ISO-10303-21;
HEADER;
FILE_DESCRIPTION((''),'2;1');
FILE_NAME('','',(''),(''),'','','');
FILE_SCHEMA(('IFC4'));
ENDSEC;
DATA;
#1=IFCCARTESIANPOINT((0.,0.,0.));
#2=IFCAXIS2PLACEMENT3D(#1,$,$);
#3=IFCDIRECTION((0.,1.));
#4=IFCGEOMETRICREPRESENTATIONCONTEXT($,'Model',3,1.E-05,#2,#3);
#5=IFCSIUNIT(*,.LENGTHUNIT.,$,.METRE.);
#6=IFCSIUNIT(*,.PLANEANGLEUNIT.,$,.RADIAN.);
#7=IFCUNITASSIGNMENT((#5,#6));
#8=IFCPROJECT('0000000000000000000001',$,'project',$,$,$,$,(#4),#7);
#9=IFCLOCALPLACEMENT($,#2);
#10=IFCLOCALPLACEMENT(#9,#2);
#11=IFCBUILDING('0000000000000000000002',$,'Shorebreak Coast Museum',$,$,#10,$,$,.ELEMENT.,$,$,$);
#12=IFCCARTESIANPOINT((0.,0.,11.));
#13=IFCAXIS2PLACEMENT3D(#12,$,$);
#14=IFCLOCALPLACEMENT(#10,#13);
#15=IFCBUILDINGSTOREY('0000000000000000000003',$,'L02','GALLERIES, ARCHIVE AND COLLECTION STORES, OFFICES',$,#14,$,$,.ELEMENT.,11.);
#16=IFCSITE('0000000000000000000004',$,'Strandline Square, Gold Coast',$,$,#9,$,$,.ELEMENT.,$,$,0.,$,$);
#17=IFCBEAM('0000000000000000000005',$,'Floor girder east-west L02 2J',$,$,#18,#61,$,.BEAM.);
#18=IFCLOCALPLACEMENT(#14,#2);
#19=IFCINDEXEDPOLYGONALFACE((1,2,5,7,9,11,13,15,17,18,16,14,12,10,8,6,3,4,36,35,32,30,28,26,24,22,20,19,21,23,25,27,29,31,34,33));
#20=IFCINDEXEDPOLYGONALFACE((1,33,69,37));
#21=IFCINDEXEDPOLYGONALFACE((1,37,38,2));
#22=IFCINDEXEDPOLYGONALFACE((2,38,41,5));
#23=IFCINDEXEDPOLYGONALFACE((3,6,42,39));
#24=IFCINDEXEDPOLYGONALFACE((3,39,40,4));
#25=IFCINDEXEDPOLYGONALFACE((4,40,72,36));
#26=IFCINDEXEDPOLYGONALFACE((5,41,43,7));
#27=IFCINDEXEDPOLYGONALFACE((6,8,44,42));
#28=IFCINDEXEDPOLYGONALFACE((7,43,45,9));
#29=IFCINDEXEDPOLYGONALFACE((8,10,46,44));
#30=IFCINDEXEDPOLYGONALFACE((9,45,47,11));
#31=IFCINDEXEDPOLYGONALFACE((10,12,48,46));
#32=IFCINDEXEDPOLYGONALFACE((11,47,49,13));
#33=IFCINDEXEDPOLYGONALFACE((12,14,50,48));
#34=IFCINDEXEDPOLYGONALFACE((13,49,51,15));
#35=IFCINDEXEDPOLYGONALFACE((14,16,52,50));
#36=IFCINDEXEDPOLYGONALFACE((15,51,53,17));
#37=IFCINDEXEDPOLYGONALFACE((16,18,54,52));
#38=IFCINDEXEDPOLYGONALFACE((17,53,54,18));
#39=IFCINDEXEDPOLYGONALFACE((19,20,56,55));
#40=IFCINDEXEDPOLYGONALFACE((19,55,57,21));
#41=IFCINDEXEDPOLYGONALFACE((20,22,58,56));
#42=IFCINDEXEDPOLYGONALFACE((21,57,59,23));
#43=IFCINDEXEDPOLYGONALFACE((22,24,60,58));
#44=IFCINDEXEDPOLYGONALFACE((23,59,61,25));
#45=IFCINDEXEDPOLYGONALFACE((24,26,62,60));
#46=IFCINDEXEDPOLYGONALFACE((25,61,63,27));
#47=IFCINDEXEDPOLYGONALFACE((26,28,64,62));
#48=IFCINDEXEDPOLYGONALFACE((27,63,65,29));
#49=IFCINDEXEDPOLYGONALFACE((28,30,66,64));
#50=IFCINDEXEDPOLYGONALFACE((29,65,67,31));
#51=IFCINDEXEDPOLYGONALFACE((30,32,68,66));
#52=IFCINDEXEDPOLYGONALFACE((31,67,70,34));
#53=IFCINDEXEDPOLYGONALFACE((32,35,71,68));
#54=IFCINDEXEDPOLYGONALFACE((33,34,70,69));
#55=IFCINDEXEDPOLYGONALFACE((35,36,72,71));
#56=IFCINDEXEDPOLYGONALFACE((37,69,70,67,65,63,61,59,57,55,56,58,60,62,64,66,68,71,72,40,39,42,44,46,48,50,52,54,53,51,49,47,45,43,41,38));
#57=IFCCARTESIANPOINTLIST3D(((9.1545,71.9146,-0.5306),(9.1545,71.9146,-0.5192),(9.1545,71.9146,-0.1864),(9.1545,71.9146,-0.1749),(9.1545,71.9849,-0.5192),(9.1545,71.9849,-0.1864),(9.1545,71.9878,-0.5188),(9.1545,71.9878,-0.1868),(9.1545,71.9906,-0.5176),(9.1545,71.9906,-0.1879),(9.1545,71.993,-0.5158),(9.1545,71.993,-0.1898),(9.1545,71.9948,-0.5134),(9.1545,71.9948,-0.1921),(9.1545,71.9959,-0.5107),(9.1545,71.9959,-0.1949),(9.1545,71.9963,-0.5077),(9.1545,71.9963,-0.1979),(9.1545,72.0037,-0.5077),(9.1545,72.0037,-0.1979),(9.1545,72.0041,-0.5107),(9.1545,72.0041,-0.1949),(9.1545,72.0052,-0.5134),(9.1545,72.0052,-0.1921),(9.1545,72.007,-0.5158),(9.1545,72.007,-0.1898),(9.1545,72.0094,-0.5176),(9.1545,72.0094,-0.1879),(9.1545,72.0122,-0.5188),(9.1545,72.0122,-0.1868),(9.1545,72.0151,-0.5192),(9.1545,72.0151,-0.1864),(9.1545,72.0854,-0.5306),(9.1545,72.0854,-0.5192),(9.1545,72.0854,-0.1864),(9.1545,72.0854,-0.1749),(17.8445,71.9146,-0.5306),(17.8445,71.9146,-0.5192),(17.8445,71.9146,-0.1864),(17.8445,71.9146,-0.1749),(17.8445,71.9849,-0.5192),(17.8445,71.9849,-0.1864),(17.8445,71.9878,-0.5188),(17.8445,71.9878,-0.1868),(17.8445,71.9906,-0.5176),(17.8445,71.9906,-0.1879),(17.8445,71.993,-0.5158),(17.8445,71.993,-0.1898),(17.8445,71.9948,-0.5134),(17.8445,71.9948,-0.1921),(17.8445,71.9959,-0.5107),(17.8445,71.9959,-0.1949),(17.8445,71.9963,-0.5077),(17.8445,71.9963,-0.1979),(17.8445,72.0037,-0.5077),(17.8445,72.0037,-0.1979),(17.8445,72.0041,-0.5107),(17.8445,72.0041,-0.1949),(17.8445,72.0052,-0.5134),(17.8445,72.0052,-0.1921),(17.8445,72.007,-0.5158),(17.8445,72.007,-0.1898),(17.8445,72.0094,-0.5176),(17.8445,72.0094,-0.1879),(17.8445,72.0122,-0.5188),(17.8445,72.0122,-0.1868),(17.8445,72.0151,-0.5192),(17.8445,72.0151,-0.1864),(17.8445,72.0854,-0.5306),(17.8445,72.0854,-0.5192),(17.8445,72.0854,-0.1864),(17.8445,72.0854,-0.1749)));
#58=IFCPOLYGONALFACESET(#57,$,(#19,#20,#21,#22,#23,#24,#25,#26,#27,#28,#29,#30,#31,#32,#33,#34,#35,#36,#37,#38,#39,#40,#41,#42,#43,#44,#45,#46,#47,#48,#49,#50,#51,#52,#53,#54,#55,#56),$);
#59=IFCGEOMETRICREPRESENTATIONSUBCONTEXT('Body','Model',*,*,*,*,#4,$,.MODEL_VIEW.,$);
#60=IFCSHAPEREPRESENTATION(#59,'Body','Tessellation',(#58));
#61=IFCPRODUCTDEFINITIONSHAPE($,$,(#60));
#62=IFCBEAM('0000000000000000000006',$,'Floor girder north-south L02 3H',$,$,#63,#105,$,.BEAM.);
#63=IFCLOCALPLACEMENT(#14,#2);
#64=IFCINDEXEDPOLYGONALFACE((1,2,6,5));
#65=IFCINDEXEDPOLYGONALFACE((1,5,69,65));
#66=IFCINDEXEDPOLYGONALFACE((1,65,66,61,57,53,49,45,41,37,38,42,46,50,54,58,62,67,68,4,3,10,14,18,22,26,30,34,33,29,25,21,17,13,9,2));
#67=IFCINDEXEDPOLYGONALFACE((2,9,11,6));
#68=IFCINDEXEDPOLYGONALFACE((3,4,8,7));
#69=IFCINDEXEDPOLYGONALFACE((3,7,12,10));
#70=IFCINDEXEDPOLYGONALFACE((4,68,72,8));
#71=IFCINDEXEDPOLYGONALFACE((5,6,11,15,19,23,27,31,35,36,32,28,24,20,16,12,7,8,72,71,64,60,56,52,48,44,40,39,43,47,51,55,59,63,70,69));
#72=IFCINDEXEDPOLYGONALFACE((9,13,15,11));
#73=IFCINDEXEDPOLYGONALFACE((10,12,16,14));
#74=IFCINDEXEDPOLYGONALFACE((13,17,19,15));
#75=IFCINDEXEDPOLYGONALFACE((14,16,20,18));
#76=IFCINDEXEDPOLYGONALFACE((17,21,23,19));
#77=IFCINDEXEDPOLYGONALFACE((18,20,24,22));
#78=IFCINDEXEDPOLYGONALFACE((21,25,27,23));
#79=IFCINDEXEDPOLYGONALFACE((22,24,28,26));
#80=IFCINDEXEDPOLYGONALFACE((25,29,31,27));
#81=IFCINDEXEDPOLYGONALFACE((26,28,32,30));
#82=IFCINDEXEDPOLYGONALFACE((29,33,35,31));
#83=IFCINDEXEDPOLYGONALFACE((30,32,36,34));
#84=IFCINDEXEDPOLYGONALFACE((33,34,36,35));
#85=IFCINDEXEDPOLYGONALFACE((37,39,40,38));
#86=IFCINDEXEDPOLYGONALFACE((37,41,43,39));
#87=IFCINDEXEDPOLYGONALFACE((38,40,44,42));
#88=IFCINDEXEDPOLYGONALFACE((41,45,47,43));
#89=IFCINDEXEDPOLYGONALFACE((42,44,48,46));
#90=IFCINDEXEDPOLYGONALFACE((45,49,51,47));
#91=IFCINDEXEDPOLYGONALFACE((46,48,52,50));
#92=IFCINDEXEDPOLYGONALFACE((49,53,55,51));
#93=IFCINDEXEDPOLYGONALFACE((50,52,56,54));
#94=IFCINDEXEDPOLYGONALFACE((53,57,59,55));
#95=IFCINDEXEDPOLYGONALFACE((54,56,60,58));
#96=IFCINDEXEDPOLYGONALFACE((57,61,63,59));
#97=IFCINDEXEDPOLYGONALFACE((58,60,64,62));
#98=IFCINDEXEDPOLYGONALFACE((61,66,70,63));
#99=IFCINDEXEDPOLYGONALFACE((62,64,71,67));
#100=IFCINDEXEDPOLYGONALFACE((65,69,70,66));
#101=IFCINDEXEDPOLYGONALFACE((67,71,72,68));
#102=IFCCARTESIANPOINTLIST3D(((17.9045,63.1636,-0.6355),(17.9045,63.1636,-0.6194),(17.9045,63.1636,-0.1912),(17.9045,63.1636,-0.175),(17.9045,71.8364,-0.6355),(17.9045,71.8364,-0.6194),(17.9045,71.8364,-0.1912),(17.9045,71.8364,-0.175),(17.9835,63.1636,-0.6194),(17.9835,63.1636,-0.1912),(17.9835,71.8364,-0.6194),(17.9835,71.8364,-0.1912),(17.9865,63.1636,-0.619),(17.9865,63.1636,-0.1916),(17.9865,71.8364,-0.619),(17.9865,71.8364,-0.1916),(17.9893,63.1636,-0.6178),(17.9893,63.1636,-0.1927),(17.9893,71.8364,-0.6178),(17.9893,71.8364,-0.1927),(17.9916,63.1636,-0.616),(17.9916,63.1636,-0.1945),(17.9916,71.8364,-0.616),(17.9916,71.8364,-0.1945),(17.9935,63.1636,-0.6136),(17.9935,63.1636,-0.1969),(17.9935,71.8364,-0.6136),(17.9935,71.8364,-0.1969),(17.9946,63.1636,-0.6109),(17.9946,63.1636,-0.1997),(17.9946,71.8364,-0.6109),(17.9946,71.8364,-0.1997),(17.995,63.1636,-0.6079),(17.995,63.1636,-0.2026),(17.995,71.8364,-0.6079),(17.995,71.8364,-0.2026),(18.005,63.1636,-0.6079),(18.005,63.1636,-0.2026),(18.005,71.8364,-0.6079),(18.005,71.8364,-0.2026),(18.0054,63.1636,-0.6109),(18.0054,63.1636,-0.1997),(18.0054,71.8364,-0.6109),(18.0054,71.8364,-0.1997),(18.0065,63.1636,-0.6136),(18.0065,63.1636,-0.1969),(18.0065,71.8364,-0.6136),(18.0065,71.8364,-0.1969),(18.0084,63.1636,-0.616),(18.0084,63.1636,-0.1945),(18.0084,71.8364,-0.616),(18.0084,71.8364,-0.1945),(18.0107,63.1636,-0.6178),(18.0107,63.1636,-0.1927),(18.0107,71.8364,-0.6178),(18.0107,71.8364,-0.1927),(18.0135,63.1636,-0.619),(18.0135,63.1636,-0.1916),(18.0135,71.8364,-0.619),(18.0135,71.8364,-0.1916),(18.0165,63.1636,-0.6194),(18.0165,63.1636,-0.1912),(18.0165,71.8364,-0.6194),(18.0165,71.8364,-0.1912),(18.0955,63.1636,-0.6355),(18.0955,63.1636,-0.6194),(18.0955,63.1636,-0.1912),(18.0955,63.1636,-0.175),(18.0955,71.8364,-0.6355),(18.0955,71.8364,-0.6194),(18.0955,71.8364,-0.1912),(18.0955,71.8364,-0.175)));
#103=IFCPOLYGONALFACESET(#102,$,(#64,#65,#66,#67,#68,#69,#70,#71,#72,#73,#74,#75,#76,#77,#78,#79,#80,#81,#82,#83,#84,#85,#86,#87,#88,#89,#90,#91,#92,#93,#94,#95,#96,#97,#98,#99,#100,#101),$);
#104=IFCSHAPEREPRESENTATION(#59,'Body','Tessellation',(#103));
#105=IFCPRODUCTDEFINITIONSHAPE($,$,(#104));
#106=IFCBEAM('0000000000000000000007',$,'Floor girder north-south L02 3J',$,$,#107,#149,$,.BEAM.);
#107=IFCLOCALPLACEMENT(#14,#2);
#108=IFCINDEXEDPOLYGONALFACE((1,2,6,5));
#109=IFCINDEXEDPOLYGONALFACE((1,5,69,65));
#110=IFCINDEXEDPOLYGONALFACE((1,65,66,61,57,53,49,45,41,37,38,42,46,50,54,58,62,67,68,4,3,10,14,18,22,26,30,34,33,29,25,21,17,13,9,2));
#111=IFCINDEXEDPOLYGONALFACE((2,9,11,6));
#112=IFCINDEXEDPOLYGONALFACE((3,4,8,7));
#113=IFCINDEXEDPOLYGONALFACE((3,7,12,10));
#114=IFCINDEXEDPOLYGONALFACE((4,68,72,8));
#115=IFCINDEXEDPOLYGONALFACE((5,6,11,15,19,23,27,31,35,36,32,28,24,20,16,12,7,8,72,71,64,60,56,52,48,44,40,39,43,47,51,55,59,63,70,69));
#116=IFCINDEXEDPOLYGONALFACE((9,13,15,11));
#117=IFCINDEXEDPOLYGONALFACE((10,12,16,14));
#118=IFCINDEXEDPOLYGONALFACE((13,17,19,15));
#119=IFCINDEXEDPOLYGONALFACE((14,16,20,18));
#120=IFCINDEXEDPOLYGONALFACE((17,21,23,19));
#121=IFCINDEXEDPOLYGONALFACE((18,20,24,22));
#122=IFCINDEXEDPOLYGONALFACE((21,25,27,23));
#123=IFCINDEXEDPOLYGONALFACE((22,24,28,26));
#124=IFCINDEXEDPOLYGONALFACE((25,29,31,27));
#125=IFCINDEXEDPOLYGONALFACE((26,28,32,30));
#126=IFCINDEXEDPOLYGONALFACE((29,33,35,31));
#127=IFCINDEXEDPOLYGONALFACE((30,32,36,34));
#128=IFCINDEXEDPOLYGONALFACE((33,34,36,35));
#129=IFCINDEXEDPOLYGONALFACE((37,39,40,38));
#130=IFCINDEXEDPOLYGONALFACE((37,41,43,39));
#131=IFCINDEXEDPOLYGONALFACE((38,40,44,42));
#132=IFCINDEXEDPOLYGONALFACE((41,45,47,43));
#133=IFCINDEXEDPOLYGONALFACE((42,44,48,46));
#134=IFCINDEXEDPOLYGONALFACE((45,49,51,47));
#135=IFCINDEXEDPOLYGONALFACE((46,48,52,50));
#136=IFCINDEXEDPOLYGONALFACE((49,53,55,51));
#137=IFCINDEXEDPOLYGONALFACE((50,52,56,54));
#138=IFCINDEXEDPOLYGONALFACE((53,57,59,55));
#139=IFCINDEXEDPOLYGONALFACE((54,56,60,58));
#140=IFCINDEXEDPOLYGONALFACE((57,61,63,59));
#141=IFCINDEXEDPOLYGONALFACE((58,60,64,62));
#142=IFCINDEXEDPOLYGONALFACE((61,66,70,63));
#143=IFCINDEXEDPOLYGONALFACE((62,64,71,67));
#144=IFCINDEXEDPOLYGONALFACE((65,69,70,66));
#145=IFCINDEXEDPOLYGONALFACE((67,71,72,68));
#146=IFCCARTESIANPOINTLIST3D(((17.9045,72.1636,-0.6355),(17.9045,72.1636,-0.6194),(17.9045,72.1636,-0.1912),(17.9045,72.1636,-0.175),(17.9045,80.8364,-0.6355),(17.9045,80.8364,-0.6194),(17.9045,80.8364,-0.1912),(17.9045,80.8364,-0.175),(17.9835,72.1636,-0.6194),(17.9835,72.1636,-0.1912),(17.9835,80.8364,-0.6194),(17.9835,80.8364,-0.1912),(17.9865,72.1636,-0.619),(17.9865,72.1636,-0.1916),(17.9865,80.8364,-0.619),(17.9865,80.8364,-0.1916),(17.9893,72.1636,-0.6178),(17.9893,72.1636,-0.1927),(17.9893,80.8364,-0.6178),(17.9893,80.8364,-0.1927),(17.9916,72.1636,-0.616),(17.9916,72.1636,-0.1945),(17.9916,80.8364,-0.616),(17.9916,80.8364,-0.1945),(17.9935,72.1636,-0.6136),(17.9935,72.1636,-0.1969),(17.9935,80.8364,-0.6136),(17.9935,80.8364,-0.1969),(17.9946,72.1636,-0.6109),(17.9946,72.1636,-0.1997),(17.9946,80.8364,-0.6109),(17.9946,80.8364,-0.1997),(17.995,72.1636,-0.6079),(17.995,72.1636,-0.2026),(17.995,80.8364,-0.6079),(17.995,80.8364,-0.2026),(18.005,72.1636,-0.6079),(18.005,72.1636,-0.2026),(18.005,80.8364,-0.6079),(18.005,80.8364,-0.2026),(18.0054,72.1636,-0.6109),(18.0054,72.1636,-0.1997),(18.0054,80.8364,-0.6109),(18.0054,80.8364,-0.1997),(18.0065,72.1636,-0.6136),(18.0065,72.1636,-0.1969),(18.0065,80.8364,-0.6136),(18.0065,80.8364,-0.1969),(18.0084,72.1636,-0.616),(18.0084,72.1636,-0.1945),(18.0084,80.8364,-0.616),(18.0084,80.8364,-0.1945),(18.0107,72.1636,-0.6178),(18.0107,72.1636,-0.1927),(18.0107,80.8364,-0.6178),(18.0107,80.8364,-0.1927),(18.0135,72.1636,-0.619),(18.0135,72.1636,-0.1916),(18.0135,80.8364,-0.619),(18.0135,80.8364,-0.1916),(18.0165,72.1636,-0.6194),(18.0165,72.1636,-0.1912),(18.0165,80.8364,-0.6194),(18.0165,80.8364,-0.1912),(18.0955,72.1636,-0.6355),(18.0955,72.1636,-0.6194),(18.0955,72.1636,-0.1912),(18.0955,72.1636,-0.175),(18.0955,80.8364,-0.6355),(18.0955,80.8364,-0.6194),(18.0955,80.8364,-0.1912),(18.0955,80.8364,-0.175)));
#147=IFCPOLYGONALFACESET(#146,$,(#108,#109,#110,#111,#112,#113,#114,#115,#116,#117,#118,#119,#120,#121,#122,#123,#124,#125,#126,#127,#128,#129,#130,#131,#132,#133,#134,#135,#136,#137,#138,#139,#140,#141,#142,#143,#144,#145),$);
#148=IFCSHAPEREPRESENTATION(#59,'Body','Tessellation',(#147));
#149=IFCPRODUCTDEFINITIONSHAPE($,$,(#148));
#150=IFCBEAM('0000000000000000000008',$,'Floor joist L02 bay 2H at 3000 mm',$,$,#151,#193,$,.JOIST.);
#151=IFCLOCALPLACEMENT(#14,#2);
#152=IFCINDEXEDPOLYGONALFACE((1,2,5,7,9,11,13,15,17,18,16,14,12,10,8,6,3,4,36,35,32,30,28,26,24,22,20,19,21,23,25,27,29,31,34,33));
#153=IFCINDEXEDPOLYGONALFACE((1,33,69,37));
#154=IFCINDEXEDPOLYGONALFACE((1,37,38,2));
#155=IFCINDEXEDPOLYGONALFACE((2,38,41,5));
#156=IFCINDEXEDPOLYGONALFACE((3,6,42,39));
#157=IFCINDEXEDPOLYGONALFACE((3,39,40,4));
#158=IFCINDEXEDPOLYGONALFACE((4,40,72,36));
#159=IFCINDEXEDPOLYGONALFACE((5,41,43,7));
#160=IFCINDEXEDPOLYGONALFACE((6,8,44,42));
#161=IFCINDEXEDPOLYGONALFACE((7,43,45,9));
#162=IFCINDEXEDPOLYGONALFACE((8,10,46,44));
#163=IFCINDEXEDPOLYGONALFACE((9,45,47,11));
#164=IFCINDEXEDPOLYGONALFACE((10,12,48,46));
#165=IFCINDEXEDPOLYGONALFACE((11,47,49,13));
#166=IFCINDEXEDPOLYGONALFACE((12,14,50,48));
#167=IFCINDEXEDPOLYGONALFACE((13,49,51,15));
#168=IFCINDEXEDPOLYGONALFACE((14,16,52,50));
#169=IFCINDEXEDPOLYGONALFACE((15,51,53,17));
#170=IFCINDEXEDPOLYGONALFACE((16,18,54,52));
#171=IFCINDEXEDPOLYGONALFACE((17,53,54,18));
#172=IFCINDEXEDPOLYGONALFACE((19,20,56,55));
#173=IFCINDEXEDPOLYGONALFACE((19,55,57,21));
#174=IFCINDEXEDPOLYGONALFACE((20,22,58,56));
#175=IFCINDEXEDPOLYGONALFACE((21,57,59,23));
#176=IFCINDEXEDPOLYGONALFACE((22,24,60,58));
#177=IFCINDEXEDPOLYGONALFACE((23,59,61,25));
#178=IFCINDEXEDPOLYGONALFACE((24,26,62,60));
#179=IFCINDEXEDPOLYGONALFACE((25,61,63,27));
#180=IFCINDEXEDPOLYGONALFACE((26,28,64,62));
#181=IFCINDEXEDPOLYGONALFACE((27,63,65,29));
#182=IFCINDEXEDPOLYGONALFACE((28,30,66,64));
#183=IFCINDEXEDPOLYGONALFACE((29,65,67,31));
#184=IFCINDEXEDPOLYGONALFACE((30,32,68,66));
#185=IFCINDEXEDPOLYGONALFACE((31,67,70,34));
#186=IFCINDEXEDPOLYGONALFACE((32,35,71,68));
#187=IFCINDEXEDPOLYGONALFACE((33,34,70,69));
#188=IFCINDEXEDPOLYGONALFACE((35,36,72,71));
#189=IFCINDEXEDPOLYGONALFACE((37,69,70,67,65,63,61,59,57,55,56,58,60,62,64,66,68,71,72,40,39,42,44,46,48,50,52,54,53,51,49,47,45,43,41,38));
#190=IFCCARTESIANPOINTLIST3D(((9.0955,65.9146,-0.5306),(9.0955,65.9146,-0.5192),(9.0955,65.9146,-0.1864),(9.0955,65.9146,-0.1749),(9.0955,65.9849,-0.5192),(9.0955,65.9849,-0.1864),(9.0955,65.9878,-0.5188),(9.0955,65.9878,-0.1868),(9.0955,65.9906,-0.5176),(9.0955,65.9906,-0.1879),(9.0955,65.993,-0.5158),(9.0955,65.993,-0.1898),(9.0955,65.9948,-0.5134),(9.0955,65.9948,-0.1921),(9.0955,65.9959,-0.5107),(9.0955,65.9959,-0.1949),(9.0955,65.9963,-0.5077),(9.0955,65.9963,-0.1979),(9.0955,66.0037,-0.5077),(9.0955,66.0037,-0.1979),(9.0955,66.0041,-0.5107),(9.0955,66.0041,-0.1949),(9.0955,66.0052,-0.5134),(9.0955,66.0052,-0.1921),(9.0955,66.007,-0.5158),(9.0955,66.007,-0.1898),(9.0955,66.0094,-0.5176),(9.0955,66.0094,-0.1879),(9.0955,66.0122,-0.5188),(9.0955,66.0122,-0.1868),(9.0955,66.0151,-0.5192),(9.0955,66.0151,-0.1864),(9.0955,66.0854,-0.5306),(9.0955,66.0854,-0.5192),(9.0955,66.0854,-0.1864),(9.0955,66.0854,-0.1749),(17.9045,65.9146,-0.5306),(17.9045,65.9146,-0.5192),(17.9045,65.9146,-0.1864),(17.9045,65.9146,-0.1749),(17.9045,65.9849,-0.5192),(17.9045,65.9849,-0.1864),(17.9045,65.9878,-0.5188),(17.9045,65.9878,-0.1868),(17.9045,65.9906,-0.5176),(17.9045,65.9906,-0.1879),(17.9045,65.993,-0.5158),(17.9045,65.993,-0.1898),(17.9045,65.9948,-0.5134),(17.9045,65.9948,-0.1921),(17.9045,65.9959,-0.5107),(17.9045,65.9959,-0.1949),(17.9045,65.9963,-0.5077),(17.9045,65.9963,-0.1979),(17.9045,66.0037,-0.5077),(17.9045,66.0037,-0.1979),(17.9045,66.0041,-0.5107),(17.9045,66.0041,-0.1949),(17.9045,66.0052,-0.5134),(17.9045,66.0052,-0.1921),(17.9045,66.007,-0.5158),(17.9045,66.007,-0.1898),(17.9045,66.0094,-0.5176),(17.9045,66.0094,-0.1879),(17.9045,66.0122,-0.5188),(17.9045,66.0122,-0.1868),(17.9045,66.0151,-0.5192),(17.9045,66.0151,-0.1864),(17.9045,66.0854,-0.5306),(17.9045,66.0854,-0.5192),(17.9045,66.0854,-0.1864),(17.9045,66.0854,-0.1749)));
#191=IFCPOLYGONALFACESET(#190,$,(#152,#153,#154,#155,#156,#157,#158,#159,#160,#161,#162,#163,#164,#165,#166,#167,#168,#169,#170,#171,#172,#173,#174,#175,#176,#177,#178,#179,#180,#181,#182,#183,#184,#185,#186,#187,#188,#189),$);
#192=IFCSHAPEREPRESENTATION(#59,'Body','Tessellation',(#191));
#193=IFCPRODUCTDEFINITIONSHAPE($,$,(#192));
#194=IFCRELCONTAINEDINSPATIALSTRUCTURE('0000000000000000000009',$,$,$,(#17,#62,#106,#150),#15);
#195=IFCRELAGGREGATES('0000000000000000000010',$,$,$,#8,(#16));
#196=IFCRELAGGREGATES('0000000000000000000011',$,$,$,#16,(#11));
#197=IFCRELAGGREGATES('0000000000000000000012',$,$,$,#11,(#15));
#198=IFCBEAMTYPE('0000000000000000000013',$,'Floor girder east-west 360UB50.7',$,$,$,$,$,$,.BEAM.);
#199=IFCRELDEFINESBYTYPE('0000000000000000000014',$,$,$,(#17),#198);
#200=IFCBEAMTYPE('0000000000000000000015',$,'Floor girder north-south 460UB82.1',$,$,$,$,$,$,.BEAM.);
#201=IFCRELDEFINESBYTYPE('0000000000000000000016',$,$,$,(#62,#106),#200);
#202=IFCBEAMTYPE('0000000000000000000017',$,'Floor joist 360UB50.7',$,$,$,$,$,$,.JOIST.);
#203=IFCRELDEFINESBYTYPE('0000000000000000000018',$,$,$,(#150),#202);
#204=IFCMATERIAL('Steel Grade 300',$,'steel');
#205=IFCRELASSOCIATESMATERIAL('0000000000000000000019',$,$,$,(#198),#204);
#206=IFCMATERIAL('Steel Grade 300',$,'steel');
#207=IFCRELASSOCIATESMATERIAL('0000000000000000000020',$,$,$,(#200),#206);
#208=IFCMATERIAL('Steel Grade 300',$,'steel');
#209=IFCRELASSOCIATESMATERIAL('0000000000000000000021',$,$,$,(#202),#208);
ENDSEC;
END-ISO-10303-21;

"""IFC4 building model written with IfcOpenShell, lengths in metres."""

from ifc_helpers import new_model, si_unit, direction, frame, origin, origin_2d, place, context, subcontext, project, spatial, i_section, extrude, material, material_profile, profile_set, type_object, element, save


model = new_model("IFC4")

# Units and contexts
model_context = context("Model", 3, precision=1e-05, world=origin(), true_north=direction((0.0, 1.0)))
body_context = subcontext(model_context, "Body", "Model", "MODEL_VIEW")
ifc_project = project(units=[si_unit("LENGTHUNIT", "METRE"), si_unit("PLANEANGLEUNIT", "RADIAN")], contexts=[model_context])

# Site, building, storey
site_placement = place(None, origin())
site = spatial("IfcSite", under=ifc_project, at=site_placement, Name="Strandline Square, Gold Coast", CompositionType="ELEMENT", RefElevation=0.0)
building_placement = place(site_placement, origin())
building = spatial("IfcBuilding", under=site, at=building_placement, Name="Shorebreak Coast Museum", CompositionType="ELEMENT")
storey_placement = place(building_placement, frame((0.0, 0.0, 11.0)))
storey = spatial("IfcBuildingStorey", under=building, at=storey_placement, Name="L02", Description="GALLERIES, ARCHIVE AND COLLECTION STORES, OFFICES", CompositionType="ELEMENT", Elevation=11.0)

# Beams
ifc_material_1 = material(Name="Steel Grade 300", Category="steel")
ifc_material_profile_1 = material_profile(ifc_material_1, i_section(OverallWidth=0.1709, OverallDepth=0.3557, WebThickness=0.0073, FlangeThickness=0.0115, FilletRadius=0.0115, at=origin_2d()), Name="360UB50.7")
ifc_profile_set_1 = profile_set([ifc_material_profile_1], Name="Steel Grade 300")
beam_type_1 = type_object("IfcBeamType", Name="Floor girder east-west 360UB50.7", PredefinedType="BEAM", material=ifc_profile_set_1)
beam_1_placement = place(storey_placement, frame((9.1545, 72.0, -0.3528), z_axis=(1.0, 0.0, 0.0), x_axis=(0.0, 1.0, 0.0)))
element("IfcBeam", 1, at=beam_1_placement, inside=storey, type_object=beam_type_1, Name="Floor girder east-west L02 2J", PredefinedType="BEAM", context=body_context, shape_type="SweptSolid", body=[
    extrude(i_section(OverallWidth=0.1709, OverallDepth=0.3557, WebThickness=0.0073, FlangeThickness=0.0115, FilletRadius=0.0115, at=origin_2d()), origin(), (0.0, 0.0, 1.0), 8.6899),
])
ifc_material_2 = material(Name="Steel Grade 300", Category="steel")
ifc_material_profile_2 = material_profile(ifc_material_2, i_section(OverallWidth=0.1909, OverallDepth=0.4604, WebThickness=0.01, FlangeThickness=0.0161, FilletRadius=0.0115, at=origin_2d()), Name="460UB82.1")
ifc_profile_set_2 = profile_set([ifc_material_profile_2], Name="Steel Grade 300")
beam_type_2 = type_object("IfcBeamType", Name="Floor girder north-south 460UB82.1", PredefinedType="BEAM", material=ifc_profile_set_2)
for number, where, z_axis, x_axis, name in (
    (2, (18.0, 63.1636, -0.4053), (0.0, 1.0, 0.0), (-1.0, 0.0, 0.0), "Floor girder north-south L02 3H"),
    (3, (18.0, 72.1636, -0.4053), (0.0, 1.0, 0.0), (-1.0, 0.0, 0.0), "Floor girder north-south L02 3J"),
):
    element("IfcBeam", number, at=place(storey_placement, frame(where, z_axis=z_axis, x_axis=x_axis)), inside=storey, type_object=beam_type_2, Name=name, PredefinedType="BEAM", context=body_context, shape_type="SweptSolid", body=[
        extrude(i_section(OverallWidth=0.1909, OverallDepth=0.4604, WebThickness=0.01, FlangeThickness=0.0161, FilletRadius=0.0115, at=origin_2d()), origin(), (0.0, 0.0, 1.0), 8.6729),
    ])
ifc_material_3 = material(Name="Steel Grade 300", Category="steel")
ifc_material_profile_3 = material_profile(ifc_material_3, i_section(OverallWidth=0.1709, OverallDepth=0.3557, WebThickness=0.0073, FlangeThickness=0.0115, FilletRadius=0.0115, at=origin_2d()), Name="360UB50.7")
ifc_profile_set_3 = profile_set([ifc_material_profile_3], Name="Steel Grade 300")
beam_type_3 = type_object("IfcBeamType", Name="Floor joist 360UB50.7", PredefinedType="JOIST", material=ifc_profile_set_3)
for number, where, z_axis, x_axis, name in (
    (4, (9.0955, 66.0, -0.3528), (1.0, 0.0, 0.0), (0.0, 1.0, 0.0), "Floor joist L02 bay 2H at 3000 mm"),
):
    element("IfcBeam", number, at=place(storey_placement, frame(where, z_axis=z_axis, x_axis=x_axis)), inside=storey, type_object=beam_type_3, Name=name, PredefinedType="JOIST", context=body_context, shape_type="SweptSolid", body=[
        extrude(i_section(OverallWidth=0.1709, OverallDepth=0.3557, WebThickness=0.0073, FlangeThickness=0.0115, FilletRadius=0.0115, at=origin_2d()), origin(), (0.0, 0.0, 1.0), 8.8091),
    ])

save(model, "model.ifc")
